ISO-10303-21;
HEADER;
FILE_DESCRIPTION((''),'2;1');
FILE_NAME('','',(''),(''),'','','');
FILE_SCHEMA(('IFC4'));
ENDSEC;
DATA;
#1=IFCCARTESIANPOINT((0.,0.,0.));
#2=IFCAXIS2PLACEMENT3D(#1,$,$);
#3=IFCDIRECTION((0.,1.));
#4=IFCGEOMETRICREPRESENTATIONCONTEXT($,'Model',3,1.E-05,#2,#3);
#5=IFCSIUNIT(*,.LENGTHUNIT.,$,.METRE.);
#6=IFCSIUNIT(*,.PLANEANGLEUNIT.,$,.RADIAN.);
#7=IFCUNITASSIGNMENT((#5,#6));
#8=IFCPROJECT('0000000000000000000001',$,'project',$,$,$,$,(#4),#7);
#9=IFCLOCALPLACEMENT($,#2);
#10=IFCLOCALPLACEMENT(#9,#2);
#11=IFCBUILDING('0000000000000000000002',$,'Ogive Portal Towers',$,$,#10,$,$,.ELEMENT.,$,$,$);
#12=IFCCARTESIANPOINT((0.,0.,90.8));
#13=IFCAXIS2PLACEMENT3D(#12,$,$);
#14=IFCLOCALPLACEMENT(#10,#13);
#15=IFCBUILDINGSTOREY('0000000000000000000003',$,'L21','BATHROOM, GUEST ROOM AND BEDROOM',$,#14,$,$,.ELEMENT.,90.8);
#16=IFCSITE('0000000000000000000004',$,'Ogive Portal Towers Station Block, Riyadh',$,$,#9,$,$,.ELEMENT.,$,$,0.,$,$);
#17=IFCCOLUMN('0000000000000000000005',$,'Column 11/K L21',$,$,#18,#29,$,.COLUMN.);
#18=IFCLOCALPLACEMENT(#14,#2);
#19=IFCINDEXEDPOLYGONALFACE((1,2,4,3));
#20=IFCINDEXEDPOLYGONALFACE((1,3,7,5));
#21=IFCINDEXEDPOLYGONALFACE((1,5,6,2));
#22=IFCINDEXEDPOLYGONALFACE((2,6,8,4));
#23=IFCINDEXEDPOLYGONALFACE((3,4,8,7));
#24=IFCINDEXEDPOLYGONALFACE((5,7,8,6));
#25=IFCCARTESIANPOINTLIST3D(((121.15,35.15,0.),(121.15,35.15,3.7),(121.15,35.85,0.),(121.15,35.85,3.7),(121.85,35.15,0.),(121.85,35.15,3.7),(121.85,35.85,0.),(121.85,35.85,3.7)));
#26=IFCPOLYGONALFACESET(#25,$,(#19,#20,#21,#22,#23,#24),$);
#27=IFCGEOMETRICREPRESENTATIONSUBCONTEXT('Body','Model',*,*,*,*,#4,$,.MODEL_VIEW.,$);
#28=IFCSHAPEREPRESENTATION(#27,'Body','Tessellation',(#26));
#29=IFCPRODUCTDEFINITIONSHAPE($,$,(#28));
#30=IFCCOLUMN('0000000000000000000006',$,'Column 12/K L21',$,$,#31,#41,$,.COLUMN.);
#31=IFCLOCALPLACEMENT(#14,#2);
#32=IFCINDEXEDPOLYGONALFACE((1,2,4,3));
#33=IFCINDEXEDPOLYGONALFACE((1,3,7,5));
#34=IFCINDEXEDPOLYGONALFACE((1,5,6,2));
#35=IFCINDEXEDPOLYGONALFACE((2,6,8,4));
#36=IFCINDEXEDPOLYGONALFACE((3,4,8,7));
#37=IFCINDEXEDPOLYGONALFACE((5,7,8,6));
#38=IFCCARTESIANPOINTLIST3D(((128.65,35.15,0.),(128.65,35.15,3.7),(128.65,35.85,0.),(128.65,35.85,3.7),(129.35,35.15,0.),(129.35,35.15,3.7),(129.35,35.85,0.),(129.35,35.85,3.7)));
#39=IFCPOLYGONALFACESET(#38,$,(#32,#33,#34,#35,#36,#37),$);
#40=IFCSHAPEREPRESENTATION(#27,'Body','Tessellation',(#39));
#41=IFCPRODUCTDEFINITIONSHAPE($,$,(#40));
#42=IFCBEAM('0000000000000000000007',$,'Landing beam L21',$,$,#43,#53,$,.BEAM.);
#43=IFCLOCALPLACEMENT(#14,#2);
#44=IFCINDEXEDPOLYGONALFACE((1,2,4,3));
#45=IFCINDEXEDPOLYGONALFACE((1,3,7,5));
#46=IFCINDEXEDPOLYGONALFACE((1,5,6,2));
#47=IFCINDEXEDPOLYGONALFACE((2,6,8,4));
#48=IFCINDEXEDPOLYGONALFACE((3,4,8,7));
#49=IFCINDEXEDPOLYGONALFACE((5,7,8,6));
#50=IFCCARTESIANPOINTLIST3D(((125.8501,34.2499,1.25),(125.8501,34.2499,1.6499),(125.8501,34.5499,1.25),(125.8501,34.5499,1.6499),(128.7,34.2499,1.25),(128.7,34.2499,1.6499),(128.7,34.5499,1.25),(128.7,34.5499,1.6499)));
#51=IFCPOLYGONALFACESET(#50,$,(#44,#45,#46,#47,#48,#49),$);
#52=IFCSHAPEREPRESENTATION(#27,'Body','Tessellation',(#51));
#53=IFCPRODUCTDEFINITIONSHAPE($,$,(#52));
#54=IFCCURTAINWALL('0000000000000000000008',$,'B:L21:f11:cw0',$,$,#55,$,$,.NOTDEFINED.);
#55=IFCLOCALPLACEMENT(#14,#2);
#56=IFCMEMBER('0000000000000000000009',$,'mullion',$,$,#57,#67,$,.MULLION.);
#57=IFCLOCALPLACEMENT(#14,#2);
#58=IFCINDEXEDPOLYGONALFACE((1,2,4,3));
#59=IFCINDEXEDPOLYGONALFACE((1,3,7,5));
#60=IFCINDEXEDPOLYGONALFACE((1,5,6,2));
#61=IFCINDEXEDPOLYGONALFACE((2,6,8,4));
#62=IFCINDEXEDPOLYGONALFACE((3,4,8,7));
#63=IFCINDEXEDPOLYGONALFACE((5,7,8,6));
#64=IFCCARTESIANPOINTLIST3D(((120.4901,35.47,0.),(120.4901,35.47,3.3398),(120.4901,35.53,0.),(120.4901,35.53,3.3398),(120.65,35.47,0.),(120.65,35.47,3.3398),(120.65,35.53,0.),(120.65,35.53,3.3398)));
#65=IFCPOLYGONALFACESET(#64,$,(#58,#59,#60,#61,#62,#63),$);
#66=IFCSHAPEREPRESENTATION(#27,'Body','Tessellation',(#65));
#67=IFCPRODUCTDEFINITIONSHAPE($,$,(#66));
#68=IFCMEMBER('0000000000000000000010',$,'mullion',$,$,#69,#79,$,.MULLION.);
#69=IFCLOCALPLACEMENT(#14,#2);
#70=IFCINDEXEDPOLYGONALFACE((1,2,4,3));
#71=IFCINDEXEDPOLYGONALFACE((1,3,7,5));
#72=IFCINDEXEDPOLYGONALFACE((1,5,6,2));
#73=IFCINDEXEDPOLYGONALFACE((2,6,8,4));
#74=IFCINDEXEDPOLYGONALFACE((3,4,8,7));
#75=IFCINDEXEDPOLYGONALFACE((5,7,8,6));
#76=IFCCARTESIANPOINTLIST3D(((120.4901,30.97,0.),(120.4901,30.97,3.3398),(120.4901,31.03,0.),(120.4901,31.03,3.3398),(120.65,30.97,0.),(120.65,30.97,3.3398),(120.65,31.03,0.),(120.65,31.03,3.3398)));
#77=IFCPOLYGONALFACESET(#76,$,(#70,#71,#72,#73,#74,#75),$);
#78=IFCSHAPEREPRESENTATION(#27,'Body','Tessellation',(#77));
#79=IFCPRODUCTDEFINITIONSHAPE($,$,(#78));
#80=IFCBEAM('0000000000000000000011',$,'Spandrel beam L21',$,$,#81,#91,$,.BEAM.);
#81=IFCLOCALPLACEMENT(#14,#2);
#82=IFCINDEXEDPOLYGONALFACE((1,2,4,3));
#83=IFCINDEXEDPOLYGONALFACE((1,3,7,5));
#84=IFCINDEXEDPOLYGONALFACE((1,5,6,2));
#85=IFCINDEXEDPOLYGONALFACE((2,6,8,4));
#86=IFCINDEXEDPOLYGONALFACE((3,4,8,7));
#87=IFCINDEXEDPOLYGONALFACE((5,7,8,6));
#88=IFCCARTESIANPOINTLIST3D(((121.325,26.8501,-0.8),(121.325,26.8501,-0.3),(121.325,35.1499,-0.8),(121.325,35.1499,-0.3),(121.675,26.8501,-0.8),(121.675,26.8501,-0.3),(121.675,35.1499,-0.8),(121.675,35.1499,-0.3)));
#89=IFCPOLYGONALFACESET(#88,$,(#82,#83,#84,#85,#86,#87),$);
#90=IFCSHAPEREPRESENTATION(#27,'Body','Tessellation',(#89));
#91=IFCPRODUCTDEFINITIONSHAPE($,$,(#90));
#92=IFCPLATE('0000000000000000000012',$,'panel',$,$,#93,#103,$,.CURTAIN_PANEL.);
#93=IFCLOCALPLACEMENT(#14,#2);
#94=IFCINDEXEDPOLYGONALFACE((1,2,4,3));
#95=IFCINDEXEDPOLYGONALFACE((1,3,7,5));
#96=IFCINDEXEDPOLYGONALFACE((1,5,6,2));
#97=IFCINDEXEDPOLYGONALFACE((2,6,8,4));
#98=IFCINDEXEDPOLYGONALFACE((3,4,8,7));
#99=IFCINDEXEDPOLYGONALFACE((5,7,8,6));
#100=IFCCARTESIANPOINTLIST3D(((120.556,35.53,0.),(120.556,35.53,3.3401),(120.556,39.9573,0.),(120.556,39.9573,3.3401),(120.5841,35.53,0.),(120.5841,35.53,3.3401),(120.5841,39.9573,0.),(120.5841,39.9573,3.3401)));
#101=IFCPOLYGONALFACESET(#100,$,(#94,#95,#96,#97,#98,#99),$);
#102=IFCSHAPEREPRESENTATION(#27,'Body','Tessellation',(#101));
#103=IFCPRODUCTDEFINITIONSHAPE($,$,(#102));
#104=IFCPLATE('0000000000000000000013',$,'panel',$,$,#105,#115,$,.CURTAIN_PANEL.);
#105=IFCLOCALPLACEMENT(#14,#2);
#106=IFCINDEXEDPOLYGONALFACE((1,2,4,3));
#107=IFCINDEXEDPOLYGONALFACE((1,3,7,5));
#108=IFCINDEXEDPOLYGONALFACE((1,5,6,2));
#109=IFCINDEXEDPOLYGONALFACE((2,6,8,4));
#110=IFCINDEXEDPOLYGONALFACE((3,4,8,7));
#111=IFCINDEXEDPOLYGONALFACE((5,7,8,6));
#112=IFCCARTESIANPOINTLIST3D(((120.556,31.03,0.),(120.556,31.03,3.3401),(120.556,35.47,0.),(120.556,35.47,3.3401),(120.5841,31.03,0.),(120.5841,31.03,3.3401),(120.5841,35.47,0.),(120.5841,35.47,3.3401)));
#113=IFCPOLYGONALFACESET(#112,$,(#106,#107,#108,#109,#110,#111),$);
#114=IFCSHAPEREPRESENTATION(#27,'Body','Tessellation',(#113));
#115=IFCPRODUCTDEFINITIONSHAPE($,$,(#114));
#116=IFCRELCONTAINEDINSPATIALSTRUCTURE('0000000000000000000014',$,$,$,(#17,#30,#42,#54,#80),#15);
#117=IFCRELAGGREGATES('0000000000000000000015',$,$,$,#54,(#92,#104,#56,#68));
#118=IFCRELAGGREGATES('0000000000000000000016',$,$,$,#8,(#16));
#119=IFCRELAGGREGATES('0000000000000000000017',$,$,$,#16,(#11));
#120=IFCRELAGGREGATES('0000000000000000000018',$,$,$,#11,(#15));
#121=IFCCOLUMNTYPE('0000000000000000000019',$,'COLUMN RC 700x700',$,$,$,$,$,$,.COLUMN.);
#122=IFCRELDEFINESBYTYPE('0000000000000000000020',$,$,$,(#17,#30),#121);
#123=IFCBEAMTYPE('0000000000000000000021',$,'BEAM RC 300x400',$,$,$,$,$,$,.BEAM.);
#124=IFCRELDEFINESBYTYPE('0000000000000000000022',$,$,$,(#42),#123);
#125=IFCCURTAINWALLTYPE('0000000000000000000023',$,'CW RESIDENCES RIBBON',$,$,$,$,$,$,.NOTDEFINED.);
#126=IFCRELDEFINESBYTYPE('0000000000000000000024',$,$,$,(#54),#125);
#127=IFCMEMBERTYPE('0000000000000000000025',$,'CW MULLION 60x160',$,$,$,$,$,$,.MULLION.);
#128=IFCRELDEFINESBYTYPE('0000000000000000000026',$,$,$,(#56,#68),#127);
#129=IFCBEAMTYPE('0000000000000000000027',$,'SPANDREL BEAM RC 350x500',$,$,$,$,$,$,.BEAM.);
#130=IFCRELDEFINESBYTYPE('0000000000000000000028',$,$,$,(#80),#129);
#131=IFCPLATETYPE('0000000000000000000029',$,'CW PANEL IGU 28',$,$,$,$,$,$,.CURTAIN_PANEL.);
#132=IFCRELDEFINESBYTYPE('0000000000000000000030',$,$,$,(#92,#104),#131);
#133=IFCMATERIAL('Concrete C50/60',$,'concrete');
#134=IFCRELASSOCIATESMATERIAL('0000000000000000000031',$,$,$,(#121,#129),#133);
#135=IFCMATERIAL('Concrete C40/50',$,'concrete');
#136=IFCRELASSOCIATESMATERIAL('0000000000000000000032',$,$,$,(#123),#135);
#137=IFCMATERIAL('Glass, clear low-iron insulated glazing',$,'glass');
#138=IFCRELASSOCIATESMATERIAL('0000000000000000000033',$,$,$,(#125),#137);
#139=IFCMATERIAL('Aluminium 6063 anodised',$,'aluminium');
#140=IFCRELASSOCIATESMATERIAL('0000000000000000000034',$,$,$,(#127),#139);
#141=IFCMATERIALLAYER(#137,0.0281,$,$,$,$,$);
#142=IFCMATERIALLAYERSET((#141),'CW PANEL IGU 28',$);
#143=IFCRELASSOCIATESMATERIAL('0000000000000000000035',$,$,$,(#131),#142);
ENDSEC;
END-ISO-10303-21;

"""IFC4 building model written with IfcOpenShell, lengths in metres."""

from ifc_helpers import new_model, si_unit, direction, frame, origin, origin_2d, place, context, subcontext, project, spatial, rectangle, extrude, material, layer, layer_set, material_profile, profile_set, type_object, element, aggregate, save


model = new_model("IFC4")

# Units and contexts
model_context = context("Model", 3, precision=1e-05, world=origin(), true_north=direction((0.0, 1.0)))
body_context = subcontext(model_context, "Body", "Model", "MODEL_VIEW")
ifc_project = project(units=[si_unit("LENGTHUNIT", "METRE"), si_unit("PLANEANGLEUNIT", "RADIAN")], contexts=[model_context])

# Site, building, storey
site_placement = place(None, origin())
site = spatial("IfcSite", under=ifc_project, at=site_placement, Name="Ogive Portal Towers Station Block, Riyadh", CompositionType="ELEMENT", RefElevation=0.0)
building_placement = place(site_placement, origin())
building = spatial("IfcBuilding", under=site, at=building_placement, Name="Ogive Portal Towers", CompositionType="ELEMENT")
storey_placement = place(building_placement, frame((0.0, 0.0, 90.8)))
storey = spatial("IfcBuildingStorey", under=building, at=storey_placement, Name="L21", Description="BATHROOM, GUEST ROOM AND BEDROOM", CompositionType="ELEMENT", Elevation=90.8)

# Columns
ifc_material_1 = material(Name="Concrete C50/60", Category="concrete")
ifc_material_profile_1 = material_profile(ifc_material_1, rectangle(XDim=0.7, YDim=0.7, at=origin_2d()), Name="RC 700x700")
ifc_profile_set_1 = profile_set([ifc_material_profile_1], Name="Concrete C50/60")
column_type = type_object("IfcColumnType", Name="COLUMN RC 700x700", PredefinedType="COLUMN", material=ifc_profile_set_1)
for number, where, z_axis, x_axis, name in (
    (1, (121.5, 35.5, 0.0), (0.0, 0.0, 1.0), (1.0, 0.0, 0.0), "Column 11/K L21"),
    (2, (129.0, 35.5, 0.0), (0.0, 0.0, 1.0), (1.0, 0.0, 0.0), "Column 12/K L21"),
):
    element("IfcColumn", number, at=place(storey_placement, frame(where, z_axis=z_axis, x_axis=x_axis)), inside=storey, type_object=column_type, Name=name, PredefinedType="COLUMN", context=body_context, shape_type="SweptSolid", body=[
        extrude(rectangle(XDim=0.7, YDim=0.7, at=origin_2d()), origin(), (0.0, 0.0, 1.0), 3.7),
    ])

# Beam
ifc_material_2 = material(Name="Concrete C40/50", Category="concrete")
ifc_material_profile_2 = material_profile(ifc_material_2, rectangle(XDim=0.3, YDim=0.3999, at=origin_2d()), Name="RC 300x400")
ifc_profile_set_2 = profile_set([ifc_material_profile_2], Name="Concrete C40/50")
beam_type_1 = type_object("IfcBeamType", Name="BEAM RC 300x400", PredefinedType="BEAM", material=ifc_profile_set_2)
beam_1_placement = place(storey_placement, frame((125.8501, 34.3999, 1.45), z_axis=(1.0, 0.0, 0.0), x_axis=(0.0, 1.0, 0.0)))
element("IfcBeam", 3, at=beam_1_placement, inside=storey, type_object=beam_type_1, Name="Landing beam L21", PredefinedType="BEAM", context=body_context, shape_type="SweptSolid", body=[
    extrude(rectangle(XDim=0.3, YDim=0.3999, at=origin_2d()), origin(), (0.0, 0.0, 1.0), 2.8499),
])

# Curtain wall, members
ifc_material_3 = material(Name="Glass, clear low-iron insulated glazing", Category="glass")
curtain_wall_type = type_object("IfcCurtainWallType", Name="CW RESIDENCES RIBBON", PredefinedType="NOTDEFINED", material=ifc_material_3)
curtain_wall_placement = place(storey_placement, origin())
curtain_wall = element("IfcCurtainWall", 4, at=curtain_wall_placement, inside=storey, type_object=curtain_wall_type, Name="B:L21:f11:cw0", PredefinedType="NOTDEFINED")
ifc_material_4 = material(Name="Aluminium 6063 anodised", Category="aluminium")
ifc_material_profile_3 = material_profile(ifc_material_4, rectangle(XDim=0.1599, YDim=0.0601, at=origin_2d()), Name="AL 60x160")
ifc_profile_set_3 = profile_set([ifc_material_profile_3], Name="Aluminium 6063 anodised")
member_type = type_object("IfcMemberType", Name="CW MULLION 60x160", PredefinedType="MULLION", material=ifc_profile_set_3)
member_1_placement = place(storey_placement, frame((120.5701, 35.5, 0.0), z_axis=(0.0, 0.0, 1.0), x_axis=(1.0, 0.0, 0.0)))
member_1 = element("IfcMember", 5, at=member_1_placement, type_object=member_type, Name="mullion", PredefinedType="MULLION", context=body_context, shape_type="SweptSolid", body=[
    extrude(rectangle(XDim=0.1599, YDim=0.0601, at=origin_2d()), origin(), (0.0, 0.0, 1.0), 3.3398),
])
member_2_placement = place(storey_placement, frame((120.5701, 31.0, 0.0), z_axis=(0.0, 0.0, 1.0), x_axis=(1.0, 0.0, 0.0)))
member_2 = element("IfcMember", 6, at=member_2_placement, type_object=member_type, Name="mullion", PredefinedType="MULLION", context=body_context, shape_type="SweptSolid", body=[
    extrude(rectangle(XDim=0.1599, YDim=0.0601, at=origin_2d()), origin(), (0.0, 0.0, 1.0), 3.3398),
])

# Beam
ifc_material_profile_4 = material_profile(ifc_material_1, rectangle(XDim=0.3501, YDim=0.5, at=origin_2d()), Name="RC 350x500")
ifc_profile_set_4 = profile_set([ifc_material_profile_4], Name="Concrete C50/60")
beam_type_2 = type_object("IfcBeamType", Name="SPANDREL BEAM RC 350x500", PredefinedType="BEAM", material=ifc_profile_set_4)
beam_2_placement = place(storey_placement, frame((121.5, 35.1499, -0.55), z_axis=(0.0, -1.0, 0.0), x_axis=(1.0, 0.0, 0.0)))
element("IfcBeam", 7, at=beam_2_placement, inside=storey, type_object=beam_type_2, Name="Spandrel beam L21", PredefinedType="BEAM", context=body_context, shape_type="SweptSolid", body=[
    extrude(rectangle(XDim=0.3501, YDim=0.5, at=origin_2d()), origin(), (0.0, 0.0, 1.0), 8.2998),
])

# Plates
ifc_layer_1 = layer(ifc_material_3, 0.0281)
ifc_layer_set_1 = layer_set([ifc_layer_1], Name="CW PANEL IGU 28")
plate_type = type_object("IfcPlateType", Name="CW PANEL IGU 28", PredefinedType="CURTAIN_PANEL", material=ifc_layer_set_1)
plate_1_placement = place(storey_placement, frame((120.5701, 37.7437, 0.0), z_axis=(0.0, 0.0, 1.0), x_axis=(0.0, -1.0, 0.0)))
plate_1 = element("IfcPlate", 8, at=plate_1_placement, type_object=plate_type, Name="panel", PredefinedType="CURTAIN_PANEL", context=body_context, shape_type="SweptSolid", body=[
    extrude(rectangle(XDim=4.4272, YDim=0.0281, at=origin_2d()), origin(), (0.0, 0.0, 1.0), 3.3401),
])
plate_2_placement = place(storey_placement, frame((120.5701, 33.25, 0.0), z_axis=(0.0, 0.0, 1.0), x_axis=(0.0, -1.0, 0.0)))
plate_2 = element("IfcPlate", 9, at=plate_2_placement, type_object=plate_type, Name="panel", PredefinedType="CURTAIN_PANEL", context=body_context, shape_type="SweptSolid", body=[
    extrude(rectangle(XDim=4.4399, YDim=0.0281, at=origin_2d()), origin(), (0.0, 0.0, 1.0), 3.3401),
])
aggregate(curtain_wall, [plate_1, plate_2, member_1, member_2])

save(model, "model.ifc")
